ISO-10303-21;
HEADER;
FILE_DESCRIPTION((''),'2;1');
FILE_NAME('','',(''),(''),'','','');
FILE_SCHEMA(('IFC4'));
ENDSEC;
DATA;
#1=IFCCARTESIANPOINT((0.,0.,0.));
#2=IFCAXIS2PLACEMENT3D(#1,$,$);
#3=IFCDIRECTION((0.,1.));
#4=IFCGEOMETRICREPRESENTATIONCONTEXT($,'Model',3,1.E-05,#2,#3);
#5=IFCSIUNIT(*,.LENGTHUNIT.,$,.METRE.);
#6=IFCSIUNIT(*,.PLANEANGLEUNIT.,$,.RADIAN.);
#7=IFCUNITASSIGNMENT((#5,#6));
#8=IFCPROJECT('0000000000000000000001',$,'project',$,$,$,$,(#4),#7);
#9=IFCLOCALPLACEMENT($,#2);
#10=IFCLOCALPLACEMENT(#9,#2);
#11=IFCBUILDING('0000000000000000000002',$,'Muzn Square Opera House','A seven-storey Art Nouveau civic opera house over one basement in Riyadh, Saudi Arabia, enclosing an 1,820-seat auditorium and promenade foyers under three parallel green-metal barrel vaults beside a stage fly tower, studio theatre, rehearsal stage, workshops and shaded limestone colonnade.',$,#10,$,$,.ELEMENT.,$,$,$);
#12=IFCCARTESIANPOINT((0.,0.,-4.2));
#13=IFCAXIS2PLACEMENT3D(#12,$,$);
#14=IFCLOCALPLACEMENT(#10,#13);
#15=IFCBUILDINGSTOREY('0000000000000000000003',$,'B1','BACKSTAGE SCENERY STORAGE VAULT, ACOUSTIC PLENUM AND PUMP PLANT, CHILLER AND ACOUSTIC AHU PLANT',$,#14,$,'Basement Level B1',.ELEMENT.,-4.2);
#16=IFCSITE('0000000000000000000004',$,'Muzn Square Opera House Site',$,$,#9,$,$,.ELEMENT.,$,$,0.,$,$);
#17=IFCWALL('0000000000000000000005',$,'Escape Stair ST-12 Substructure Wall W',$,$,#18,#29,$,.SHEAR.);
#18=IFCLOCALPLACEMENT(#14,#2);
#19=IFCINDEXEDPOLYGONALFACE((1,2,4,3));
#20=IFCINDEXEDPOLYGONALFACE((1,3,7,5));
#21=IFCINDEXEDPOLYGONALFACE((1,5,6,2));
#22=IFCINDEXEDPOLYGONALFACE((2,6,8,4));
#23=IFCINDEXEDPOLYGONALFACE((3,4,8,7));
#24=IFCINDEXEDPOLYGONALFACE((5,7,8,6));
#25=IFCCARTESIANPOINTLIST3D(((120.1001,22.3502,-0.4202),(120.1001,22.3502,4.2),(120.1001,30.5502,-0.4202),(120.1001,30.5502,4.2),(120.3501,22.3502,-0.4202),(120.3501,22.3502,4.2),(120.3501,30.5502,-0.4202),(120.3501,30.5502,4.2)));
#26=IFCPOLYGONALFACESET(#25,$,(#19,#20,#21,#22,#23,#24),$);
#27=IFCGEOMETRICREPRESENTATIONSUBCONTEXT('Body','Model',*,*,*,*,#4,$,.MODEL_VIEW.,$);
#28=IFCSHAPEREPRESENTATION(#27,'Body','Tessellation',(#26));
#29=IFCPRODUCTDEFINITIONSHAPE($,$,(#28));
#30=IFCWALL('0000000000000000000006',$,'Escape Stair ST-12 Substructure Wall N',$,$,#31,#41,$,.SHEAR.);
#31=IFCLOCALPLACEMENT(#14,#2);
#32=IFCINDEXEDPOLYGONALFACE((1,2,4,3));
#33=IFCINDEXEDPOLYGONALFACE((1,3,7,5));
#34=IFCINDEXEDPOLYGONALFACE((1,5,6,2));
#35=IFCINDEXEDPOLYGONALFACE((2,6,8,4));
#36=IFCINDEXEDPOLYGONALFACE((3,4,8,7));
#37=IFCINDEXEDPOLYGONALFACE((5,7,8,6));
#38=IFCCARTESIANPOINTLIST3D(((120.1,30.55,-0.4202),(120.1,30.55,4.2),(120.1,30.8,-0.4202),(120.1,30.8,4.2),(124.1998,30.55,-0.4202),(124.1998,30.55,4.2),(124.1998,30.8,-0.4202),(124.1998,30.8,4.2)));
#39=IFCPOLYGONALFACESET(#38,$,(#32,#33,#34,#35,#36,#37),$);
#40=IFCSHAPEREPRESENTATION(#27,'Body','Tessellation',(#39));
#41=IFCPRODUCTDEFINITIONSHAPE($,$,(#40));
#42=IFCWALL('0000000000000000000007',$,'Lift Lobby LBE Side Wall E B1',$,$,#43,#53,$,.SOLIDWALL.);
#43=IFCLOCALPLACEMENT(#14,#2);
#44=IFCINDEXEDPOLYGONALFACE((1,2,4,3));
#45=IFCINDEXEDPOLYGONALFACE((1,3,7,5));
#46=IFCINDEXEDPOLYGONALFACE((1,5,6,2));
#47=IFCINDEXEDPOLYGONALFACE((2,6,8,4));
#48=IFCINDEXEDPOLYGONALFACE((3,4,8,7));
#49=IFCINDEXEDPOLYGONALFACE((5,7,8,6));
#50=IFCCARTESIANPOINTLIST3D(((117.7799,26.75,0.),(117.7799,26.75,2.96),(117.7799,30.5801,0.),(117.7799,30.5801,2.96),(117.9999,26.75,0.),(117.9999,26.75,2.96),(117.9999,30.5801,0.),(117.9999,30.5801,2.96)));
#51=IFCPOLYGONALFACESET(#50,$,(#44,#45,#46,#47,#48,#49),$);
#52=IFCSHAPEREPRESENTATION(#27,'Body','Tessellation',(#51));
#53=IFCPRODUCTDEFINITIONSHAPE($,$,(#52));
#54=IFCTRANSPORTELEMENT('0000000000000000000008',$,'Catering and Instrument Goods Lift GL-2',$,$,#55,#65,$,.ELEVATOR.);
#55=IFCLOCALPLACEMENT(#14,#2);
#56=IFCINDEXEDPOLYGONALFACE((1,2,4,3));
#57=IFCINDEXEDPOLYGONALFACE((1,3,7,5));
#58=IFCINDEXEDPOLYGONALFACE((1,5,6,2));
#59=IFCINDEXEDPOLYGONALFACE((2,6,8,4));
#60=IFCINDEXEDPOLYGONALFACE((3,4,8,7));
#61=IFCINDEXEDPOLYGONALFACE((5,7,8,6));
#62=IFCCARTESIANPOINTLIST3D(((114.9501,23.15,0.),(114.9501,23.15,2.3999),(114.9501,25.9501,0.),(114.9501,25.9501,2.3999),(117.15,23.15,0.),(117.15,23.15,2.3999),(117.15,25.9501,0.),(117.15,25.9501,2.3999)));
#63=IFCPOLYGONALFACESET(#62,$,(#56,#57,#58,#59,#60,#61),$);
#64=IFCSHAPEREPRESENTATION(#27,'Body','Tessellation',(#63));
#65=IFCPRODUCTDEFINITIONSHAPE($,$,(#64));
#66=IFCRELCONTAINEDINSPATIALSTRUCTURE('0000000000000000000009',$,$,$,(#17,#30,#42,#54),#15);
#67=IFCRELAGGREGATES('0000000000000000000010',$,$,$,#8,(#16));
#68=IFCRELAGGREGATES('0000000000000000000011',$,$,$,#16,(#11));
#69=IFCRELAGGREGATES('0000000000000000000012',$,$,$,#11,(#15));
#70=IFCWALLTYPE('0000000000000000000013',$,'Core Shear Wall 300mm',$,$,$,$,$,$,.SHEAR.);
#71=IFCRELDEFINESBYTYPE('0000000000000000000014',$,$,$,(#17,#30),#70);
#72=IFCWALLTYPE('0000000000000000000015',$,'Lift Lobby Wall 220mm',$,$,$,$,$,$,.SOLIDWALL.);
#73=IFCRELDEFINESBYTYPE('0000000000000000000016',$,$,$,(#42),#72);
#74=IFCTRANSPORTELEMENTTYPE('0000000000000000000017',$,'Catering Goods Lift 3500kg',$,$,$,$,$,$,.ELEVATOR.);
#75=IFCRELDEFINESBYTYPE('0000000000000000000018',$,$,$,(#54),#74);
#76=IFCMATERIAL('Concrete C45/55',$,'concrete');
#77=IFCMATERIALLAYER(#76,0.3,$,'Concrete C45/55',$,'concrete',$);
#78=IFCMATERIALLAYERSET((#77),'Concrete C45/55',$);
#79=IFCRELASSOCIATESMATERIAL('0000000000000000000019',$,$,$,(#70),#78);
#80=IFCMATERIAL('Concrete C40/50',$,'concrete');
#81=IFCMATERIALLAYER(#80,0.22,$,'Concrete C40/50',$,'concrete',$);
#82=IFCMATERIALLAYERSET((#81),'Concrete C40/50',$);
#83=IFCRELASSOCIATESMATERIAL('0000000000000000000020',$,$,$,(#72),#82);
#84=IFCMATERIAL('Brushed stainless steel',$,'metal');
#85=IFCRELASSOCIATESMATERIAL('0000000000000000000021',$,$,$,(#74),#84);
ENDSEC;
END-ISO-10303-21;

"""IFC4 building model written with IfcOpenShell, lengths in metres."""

from ifc_helpers import new_model, si_unit, direction, frame, frame_2d, origin, origin_2d, place, context, subcontext, project, spatial, rectangle, extrude, material, layer, layer_set, type_object, element, save


model = new_model("IFC4")

# Units and contexts
model_context = context("Model", 3, precision=1e-05, world=origin(), true_north=direction((0.0, 1.0)))
body_context = subcontext(model_context, "Body", "Model", "MODEL_VIEW")
ifc_project = project(units=[si_unit("LENGTHUNIT", "METRE"), si_unit("PLANEANGLEUNIT", "RADIAN")], contexts=[model_context])

# Site, building, storey
site_placement = place(None, origin())
site = spatial("IfcSite", under=ifc_project, at=site_placement, Name="Muzn Square Opera House Site", CompositionType="ELEMENT", RefElevation=0.0)
building_placement = place(site_placement, origin())
building = spatial("IfcBuilding", under=site, at=building_placement, Name="Muzn Square Opera House", Description="A seven-storey Art Nouveau civic opera house over one basement in Riyadh, Saudi Arabia, enclosing an 1,820-seat auditorium and promenade foyers under three parallel green-metal barrel vaults beside a stage fly tower, studio theatre, rehearsal stage, workshops and shaded limestone colonnade.", CompositionType="ELEMENT")
storey_placement = place(building_placement, frame((0.0, 0.0, -4.2)))
storey = spatial("IfcBuildingStorey", under=building, at=storey_placement, Name="B1", Description="BACKSTAGE SCENERY STORAGE VAULT, ACOUSTIC PLENUM AND PUMP PLANT, CHILLER AND ACOUSTIC AHU PLANT", LongName="Basement Level B1", CompositionType="ELEMENT", Elevation=-4.2)

# Shared definitions
ifc_material_1 = material(Name="Concrete C40/50", Category="concrete")

# Shared definitions
ifc_material_2 = material(Name="Concrete C45/55", Category="concrete")

# Walls
ifc_layer_1 = layer(ifc_material_2, 0.3, Name="Concrete C45/55", Category="concrete")
ifc_layer_set_1 = layer_set([ifc_layer_1], Name="Concrete C45/55")
wall_type_1 = type_object("IfcWallType", Name="Core Shear Wall 300mm", PredefinedType="SHEAR", material=ifc_layer_set_1)
wall_1_placement = place(storey_placement, frame((120.2251, 22.3501, -0.4202), z_axis=(0.0, 0.0, 1.0), x_axis=(0.0, 1.0, 0.0)))
element("IfcWall", 1, at=wall_1_placement, inside=storey, type_object=wall_type_1, Name="Escape Stair ST-12 Substructure Wall W", PredefinedType="SHEAR", context=body_context, shape_type="SweptSolid", body=[
    extrude(rectangle(XDim=8.2, YDim=0.25, at=frame_2d((4.1001, 0.0))), origin(), (0.0, 0.0, 1.0), 4.6201),
])
wall_2_placement = place(storey_placement, frame((120.1001, 30.675, -0.4202), z_axis=(0.0, 0.0, 1.0), x_axis=(1.0, 0.0, 0.0)))
element("IfcWall", 2, at=wall_2_placement, inside=storey, type_object=wall_type_1, Name="Escape Stair ST-12 Substructure Wall N", PredefinedType="SHEAR", context=body_context, shape_type="SweptSolid", body=[
    extrude(rectangle(XDim=4.0999, YDim=0.25, at=frame_2d((2.0498, 0.0))), origin(), (0.0, 0.0, 1.0), 4.6201),
])
ifc_layer_2 = layer(ifc_material_1, 0.22, Name="Concrete C40/50", Category="concrete")
ifc_layer_set_2 = layer_set([ifc_layer_2], Name="Concrete C40/50")
wall_type_2 = type_object("IfcWallType", Name="Lift Lobby Wall 220mm", PredefinedType="SOLIDWALL", material=ifc_layer_set_2)
wall_3_placement = place(storey_placement, frame((117.8899, 26.75, 0.0), z_axis=(0.0, 0.0, 1.0), x_axis=(0.0, 1.0, 0.0)))
element("IfcWall", 3, at=wall_3_placement, inside=storey, type_object=wall_type_2, Name="Lift Lobby LBE Side Wall E B1", PredefinedType="SOLIDWALL", context=body_context, shape_type="SweptSolid", body=[
    extrude(rectangle(XDim=3.8301, YDim=0.22, at=frame_2d((1.915, 0.0))), origin(), (0.0, 0.0, 1.0), 2.96),
])

# Transport element
ifc_material_3 = material(Name="Brushed stainless steel", Category="metal")
transport_element_type = type_object("IfcTransportElementType", Name="Catering Goods Lift 3500kg", PredefinedType="ELEVATOR", material=ifc_material_3)
transport_element_placement = place(storey_placement, frame((116.05, 24.55, 0.0), z_axis=(0.0, 0.0, 1.0), x_axis=(1.0, 0.0, 0.0)))
element("IfcTransportElement", 4, at=transport_element_placement, inside=storey, type_object=transport_element_type, Name="Catering and Instrument Goods Lift GL-2", PredefinedType="ELEVATOR", context=body_context, shape_type="SweptSolid", body=[
    extrude(rectangle(XDim=2.2, YDim=2.8, at=origin_2d()), origin(), (0.0, 0.0, 1.0), 2.3999),
])

save(model, "model.ifc")
